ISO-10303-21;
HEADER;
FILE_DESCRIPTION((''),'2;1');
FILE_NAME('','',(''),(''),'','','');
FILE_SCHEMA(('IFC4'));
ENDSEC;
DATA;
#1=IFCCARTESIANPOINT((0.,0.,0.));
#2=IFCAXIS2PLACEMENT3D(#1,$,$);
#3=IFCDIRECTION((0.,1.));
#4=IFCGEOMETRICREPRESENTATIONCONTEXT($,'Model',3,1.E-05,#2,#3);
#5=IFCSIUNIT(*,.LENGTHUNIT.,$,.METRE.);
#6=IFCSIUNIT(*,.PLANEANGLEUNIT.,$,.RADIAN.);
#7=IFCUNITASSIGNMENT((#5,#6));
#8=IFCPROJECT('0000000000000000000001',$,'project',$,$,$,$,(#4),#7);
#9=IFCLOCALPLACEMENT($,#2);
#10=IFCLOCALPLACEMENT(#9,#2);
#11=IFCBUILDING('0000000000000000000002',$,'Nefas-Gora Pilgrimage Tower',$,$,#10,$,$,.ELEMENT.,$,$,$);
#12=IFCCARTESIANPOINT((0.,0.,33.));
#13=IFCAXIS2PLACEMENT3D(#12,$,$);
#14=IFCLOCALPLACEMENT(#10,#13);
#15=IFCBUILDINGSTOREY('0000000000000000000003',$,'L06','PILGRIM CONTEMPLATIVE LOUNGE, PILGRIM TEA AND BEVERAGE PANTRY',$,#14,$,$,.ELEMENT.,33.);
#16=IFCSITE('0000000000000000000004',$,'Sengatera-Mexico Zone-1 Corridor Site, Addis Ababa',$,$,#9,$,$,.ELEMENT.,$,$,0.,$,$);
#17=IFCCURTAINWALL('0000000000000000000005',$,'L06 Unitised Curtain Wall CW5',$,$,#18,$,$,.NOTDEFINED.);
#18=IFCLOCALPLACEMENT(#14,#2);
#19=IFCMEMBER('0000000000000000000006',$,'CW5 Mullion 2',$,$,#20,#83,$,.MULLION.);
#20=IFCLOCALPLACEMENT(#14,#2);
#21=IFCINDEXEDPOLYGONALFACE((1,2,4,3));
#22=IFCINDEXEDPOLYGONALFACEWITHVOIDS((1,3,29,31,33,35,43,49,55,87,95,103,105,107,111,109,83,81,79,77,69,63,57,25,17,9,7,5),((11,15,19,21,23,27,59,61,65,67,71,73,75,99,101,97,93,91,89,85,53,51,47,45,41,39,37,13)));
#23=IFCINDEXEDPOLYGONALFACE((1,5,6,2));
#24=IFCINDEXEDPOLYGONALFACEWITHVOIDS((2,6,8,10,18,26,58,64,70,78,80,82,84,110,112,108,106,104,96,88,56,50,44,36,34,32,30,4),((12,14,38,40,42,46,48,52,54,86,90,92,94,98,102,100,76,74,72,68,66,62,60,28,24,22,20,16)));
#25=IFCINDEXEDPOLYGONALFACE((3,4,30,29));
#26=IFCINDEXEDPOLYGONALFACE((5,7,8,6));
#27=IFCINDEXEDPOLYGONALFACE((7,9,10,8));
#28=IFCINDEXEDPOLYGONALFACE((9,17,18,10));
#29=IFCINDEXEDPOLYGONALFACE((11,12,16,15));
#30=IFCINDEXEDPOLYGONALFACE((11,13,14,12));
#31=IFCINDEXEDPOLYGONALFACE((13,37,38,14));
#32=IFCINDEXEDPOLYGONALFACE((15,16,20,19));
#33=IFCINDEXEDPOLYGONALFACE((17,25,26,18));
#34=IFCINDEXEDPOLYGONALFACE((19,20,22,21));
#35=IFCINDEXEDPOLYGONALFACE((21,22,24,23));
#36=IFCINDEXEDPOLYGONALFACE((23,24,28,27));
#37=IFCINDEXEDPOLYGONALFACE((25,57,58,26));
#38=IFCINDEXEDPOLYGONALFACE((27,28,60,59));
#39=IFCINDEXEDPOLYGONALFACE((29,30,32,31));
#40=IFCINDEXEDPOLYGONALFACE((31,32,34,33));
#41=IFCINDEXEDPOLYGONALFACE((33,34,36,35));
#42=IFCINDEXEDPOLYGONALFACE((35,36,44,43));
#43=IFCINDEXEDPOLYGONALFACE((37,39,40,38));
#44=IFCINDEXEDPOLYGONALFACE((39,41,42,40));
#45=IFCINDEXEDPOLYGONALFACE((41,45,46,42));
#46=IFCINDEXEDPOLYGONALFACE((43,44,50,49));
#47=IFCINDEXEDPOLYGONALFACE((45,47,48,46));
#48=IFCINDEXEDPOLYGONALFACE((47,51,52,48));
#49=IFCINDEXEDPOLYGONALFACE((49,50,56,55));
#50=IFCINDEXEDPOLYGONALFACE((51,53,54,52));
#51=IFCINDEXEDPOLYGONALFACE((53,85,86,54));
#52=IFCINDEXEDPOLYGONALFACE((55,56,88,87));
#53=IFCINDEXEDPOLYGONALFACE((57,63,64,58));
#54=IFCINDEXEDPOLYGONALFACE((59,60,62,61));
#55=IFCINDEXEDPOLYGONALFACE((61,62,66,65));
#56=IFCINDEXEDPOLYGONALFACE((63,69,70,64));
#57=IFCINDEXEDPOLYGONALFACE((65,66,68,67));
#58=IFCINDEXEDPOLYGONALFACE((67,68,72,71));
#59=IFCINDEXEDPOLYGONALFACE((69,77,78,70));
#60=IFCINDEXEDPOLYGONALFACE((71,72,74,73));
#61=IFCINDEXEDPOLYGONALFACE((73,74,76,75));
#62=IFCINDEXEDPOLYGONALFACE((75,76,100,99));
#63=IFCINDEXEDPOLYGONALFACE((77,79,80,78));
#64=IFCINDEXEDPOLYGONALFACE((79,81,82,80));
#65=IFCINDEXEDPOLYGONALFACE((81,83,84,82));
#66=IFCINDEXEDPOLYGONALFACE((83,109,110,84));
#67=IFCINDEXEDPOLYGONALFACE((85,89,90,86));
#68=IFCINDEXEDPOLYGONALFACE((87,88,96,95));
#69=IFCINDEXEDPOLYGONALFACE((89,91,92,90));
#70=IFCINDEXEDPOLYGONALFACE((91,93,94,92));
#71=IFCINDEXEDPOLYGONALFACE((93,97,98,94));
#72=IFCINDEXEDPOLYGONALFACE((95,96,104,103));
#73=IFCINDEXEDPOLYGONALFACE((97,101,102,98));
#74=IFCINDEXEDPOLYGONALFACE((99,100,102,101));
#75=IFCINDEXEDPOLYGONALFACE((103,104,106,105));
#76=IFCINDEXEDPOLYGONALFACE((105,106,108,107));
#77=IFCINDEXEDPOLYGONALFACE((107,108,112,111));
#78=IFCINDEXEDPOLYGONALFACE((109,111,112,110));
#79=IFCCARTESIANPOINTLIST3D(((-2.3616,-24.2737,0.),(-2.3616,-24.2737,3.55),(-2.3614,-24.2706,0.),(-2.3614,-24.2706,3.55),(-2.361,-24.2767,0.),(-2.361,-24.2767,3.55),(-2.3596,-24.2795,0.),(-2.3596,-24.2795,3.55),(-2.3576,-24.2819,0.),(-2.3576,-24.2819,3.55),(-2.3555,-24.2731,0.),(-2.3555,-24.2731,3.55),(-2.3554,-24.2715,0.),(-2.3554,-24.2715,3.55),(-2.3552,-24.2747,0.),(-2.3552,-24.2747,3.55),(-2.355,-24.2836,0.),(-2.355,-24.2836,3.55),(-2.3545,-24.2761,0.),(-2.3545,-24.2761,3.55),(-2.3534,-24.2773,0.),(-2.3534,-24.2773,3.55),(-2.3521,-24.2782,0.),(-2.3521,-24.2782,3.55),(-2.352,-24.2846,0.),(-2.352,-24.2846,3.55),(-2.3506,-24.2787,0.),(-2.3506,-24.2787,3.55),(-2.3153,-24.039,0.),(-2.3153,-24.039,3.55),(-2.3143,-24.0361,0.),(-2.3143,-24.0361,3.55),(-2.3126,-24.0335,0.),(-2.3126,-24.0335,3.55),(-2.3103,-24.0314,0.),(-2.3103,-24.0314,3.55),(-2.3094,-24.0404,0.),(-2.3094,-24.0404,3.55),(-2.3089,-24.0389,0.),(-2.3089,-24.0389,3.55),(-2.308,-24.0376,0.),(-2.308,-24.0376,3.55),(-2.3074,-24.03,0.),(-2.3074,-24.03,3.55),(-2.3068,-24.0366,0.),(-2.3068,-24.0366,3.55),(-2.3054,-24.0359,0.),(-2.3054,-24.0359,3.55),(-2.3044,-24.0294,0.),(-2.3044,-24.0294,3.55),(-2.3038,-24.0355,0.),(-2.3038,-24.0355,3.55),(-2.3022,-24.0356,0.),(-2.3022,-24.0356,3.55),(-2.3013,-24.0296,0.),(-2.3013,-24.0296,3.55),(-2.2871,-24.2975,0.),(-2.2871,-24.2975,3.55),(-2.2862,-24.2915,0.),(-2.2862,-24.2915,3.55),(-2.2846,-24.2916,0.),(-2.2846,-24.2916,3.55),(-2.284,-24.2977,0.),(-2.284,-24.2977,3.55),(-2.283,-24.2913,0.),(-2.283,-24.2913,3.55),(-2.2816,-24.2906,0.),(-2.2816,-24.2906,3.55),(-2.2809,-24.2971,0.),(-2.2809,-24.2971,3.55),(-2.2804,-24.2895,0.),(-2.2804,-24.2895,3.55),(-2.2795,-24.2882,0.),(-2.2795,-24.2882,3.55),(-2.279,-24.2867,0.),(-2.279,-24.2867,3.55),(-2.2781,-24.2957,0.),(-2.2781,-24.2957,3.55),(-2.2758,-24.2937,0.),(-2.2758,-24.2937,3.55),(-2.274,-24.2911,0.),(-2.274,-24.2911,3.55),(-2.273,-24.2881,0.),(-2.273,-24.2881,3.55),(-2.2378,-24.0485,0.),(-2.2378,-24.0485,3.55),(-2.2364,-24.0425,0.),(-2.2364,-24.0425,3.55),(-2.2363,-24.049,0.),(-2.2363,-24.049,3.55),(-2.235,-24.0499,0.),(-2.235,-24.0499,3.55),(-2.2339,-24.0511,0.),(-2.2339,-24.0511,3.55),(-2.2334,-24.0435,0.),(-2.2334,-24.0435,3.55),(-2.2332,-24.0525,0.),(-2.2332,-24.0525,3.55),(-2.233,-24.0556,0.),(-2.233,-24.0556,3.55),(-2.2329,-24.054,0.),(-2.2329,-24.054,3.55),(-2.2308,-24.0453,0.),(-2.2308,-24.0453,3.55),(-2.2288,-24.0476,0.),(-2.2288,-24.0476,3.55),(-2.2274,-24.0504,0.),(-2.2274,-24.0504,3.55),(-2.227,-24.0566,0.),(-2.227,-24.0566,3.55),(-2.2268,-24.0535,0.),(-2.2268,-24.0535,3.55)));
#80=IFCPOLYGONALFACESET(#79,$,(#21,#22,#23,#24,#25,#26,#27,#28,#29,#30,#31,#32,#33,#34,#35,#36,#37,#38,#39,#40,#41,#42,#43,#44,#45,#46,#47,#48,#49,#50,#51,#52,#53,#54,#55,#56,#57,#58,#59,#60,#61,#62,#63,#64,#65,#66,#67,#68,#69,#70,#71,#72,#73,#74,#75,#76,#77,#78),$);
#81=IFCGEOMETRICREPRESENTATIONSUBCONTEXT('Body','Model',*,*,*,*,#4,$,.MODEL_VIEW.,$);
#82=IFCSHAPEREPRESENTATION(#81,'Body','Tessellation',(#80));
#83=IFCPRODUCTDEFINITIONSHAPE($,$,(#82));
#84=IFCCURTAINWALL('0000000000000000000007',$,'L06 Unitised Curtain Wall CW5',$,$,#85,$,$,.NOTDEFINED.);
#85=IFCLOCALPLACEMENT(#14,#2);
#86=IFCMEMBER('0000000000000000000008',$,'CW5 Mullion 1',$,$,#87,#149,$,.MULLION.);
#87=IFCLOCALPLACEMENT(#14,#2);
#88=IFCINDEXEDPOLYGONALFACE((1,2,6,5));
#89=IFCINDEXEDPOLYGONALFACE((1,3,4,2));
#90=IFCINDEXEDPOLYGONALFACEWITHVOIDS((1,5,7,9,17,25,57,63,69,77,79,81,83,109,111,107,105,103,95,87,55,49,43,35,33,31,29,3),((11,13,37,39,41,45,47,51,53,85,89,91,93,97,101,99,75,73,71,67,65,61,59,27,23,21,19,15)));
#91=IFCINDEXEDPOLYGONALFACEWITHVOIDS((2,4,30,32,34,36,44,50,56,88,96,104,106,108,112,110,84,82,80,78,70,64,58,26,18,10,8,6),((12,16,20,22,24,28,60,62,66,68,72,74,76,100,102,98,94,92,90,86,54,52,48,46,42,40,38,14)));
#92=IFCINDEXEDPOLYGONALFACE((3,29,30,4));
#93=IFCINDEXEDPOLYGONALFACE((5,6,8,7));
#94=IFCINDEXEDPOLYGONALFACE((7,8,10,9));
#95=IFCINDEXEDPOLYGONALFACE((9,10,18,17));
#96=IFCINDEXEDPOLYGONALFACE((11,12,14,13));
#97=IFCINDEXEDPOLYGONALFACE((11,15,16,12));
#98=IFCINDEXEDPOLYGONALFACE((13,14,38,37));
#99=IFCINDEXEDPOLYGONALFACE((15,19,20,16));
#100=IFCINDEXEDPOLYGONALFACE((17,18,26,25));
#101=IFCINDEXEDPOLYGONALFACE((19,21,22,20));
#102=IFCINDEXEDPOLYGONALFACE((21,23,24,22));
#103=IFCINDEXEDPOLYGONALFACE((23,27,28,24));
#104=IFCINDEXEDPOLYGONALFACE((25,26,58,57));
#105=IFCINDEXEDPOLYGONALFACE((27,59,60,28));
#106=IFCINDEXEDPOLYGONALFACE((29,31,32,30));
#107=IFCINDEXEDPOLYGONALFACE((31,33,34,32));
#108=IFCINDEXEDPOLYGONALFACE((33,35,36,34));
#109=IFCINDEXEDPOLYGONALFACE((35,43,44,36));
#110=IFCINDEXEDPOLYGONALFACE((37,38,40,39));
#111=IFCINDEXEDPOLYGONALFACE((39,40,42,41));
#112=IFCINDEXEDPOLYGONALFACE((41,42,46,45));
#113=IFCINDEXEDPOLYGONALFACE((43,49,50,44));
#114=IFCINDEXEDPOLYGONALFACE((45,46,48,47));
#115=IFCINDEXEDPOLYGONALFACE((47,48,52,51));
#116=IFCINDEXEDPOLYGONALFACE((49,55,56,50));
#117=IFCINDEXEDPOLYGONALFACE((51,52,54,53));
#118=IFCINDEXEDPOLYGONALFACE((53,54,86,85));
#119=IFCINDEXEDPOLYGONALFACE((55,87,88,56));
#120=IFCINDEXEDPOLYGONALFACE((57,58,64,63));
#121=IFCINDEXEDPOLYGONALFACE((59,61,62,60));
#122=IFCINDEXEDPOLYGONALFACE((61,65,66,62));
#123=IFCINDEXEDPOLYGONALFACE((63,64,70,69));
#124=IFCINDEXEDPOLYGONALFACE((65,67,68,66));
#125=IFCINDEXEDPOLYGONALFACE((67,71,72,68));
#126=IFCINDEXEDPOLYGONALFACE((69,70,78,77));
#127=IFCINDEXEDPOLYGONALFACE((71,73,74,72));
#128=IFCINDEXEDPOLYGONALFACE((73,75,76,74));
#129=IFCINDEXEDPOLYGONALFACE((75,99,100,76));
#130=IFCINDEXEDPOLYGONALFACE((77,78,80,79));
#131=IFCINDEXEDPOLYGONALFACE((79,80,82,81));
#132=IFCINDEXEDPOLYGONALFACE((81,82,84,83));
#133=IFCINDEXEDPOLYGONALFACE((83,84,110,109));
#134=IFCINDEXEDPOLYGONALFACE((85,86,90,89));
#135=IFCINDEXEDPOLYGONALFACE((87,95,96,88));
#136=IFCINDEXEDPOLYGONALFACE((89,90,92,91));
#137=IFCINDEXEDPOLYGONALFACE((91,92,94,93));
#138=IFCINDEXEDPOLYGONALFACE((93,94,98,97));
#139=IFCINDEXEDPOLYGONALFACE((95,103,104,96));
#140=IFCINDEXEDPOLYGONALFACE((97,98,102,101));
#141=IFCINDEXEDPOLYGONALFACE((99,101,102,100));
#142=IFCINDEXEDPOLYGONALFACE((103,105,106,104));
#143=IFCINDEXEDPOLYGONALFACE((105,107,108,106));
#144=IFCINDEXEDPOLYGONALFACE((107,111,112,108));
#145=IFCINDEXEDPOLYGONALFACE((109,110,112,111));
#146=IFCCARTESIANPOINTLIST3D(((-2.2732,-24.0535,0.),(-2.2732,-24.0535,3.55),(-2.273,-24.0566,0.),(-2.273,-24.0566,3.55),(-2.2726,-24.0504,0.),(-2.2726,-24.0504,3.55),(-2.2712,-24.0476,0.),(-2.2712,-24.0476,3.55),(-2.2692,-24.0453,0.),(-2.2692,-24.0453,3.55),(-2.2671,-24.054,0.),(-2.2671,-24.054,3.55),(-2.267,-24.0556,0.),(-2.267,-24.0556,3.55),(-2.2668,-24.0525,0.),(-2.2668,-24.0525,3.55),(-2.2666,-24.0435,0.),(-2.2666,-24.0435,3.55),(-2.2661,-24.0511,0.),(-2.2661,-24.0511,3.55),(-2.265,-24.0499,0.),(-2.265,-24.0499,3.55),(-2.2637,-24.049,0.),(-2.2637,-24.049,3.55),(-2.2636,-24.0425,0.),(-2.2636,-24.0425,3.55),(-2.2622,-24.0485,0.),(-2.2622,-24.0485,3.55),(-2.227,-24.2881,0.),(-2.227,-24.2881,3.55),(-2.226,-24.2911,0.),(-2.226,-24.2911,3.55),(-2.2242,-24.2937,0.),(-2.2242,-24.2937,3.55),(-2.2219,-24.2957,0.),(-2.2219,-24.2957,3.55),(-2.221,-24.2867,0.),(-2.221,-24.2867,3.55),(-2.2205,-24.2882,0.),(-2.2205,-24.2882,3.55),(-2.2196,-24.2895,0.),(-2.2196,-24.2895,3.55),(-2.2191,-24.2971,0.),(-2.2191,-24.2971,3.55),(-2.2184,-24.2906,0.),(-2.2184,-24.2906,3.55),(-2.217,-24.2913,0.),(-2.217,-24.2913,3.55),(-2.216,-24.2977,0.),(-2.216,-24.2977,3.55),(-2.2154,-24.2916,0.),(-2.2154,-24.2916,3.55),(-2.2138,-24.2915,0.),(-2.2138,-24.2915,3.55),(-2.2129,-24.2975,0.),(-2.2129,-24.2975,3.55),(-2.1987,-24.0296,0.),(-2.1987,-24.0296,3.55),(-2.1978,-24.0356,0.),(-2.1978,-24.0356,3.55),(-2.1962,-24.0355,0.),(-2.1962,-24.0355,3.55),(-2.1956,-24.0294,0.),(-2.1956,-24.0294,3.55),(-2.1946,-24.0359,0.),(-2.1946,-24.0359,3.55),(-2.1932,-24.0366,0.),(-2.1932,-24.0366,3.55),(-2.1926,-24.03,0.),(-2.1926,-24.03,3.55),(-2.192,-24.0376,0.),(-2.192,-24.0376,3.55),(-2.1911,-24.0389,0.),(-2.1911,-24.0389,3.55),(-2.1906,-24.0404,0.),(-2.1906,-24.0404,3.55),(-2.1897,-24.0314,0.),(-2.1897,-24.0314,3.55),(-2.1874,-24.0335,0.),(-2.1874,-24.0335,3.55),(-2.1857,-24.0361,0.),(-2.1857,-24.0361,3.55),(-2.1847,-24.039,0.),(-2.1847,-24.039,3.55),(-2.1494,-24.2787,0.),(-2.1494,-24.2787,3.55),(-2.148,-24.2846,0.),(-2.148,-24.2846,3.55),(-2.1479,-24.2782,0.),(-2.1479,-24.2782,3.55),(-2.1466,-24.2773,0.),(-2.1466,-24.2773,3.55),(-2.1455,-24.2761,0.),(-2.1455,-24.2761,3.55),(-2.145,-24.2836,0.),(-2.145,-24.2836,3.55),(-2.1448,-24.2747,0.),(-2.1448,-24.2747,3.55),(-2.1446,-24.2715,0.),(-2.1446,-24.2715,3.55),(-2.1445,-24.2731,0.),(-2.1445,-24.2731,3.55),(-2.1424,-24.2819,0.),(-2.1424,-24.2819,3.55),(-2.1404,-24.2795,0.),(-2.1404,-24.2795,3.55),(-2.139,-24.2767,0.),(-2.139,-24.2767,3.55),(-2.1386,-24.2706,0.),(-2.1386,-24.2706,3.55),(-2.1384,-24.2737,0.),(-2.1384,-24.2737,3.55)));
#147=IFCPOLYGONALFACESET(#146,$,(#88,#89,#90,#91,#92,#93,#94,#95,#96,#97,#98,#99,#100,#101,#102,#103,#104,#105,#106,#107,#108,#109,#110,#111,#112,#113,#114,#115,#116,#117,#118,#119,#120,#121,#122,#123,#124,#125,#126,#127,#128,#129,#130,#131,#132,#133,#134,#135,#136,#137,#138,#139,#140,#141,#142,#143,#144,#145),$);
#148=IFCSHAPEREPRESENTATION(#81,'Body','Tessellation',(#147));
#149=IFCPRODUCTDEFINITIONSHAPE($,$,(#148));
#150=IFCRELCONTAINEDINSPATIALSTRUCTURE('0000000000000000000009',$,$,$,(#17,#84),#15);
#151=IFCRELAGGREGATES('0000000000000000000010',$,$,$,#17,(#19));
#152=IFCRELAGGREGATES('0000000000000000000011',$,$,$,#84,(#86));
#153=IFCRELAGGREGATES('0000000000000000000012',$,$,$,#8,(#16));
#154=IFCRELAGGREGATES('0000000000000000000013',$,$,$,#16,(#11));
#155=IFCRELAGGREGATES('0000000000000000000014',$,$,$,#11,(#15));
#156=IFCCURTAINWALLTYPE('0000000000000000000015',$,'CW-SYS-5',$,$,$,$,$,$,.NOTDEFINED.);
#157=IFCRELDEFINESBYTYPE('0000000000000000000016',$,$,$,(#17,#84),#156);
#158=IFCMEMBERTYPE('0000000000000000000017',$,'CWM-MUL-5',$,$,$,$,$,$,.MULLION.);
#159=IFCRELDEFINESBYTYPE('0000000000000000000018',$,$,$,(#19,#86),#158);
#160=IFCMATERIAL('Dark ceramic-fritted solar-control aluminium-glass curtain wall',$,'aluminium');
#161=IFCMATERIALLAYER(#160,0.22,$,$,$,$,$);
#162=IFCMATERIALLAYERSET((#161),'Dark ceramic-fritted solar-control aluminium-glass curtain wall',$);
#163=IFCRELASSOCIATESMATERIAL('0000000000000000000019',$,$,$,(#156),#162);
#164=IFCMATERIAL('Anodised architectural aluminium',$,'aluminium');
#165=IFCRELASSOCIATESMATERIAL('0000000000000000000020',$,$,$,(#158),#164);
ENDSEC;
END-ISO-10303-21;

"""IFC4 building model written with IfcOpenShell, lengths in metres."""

from ifc_helpers import new_model, si_unit, direction, frame, origin, origin_2d, place, context, subcontext, project, spatial, hollow_rectangle, extrude, source, transform, mapped, material, layer, layer_set, material_profile, profile_set, type_object, element, aggregate, save


model = new_model("IFC4")

# Units and contexts
model_context = context("Model", 3, precision=1e-05, world=origin(), true_north=direction((0.0, 1.0)))
body_context = subcontext(model_context, "Body", "Model", "MODEL_VIEW")
ifc_project = project(units=[si_unit("LENGTHUNIT", "METRE"), si_unit("PLANEANGLEUNIT", "RADIAN")], contexts=[model_context])

# Site, building, storey
site_placement = place(None, origin())
site = spatial("IfcSite", under=ifc_project, at=site_placement, Name="Sengatera-Mexico Zone-1 Corridor Site, Addis Ababa", CompositionType="ELEMENT", RefElevation=0.0)
building_placement = place(site_placement, origin())
building = spatial("IfcBuilding", under=site, at=building_placement, Name="Nefas-Gora Pilgrimage Tower", CompositionType="ELEMENT")
storey_placement = place(building_placement, frame((0.0, 0.0, 33.0)))
storey = spatial("IfcBuildingStorey", under=building, at=storey_placement, Name="L06", Description="PILGRIM CONTEMPLATIVE LOUNGE, PILGRIM TEA AND BEVERAGE PANTRY", CompositionType="ELEMENT", Elevation=33.0)

# Shared definitions
ifc_material_1 = material(Name="Dark ceramic-fritted solar-control aluminium-glass curtain wall", Category="aluminium")
ifc_layer_1 = layer(ifc_material_1, 0.22)
ifc_layer_set_1 = layer_set([ifc_layer_1], Name="Dark ceramic-fritted solar-control aluminium-glass curtain wall")
curtain_wall_type = type_object("IfcCurtainWallType", Name="CW-SYS-5", PredefinedType="NOTDEFINED", material=ifc_layer_set_1)
ifc_material_2 = material(Name="Anodised architectural aluminium", Category="aluminium")
ifc_material_profile_1 = material_profile(ifc_material_2, hollow_rectangle(XDim=0.0901, YDim=0.26, WallThickness=0.0061, InnerFilletRadius=0.0061, OuterFilletRadius=0.012, at=origin_2d()), Name="ALU MULLION 90x260")
ifc_profile_set_1 = profile_set([ifc_material_profile_1], Name="Anodised architectural aluminium")
member_type_1 = type_object("IfcMemberType", Name="CWM-MUL-5", PredefinedType="MULLION", material=ifc_profile_set_1)
shared_shape_1 = source(origin(), body_context, "Body", "SweptSolid", [
    extrude(hollow_rectangle(XDim=0.0901, YDim=0.26, WallThickness=0.0061, InnerFilletRadius=0.0061, OuterFilletRadius=0.012, at=origin_2d()), origin(), (0.0, 0.0, 1.0), 3.55),
])

# Curtain wall, member
curtain_wall_1_placement = place(storey_placement, origin())
curtain_wall_1 = element("IfcCurtainWall", 1, at=curtain_wall_1_placement, inside=storey, type_object=curtain_wall_type, Name="L06 Unitised Curtain Wall CW5", PredefinedType="NOTDEFINED")
member_1_placement = place(storey_placement, frame((-2.2942, -24.1636, 0.0), z_axis=(0.0, 0.0, 1.0), x_axis=(0.980783, -0.195102, 0.0)))
member_1 = element("IfcMember", 2, at=member_1_placement, type_object=member_type_1, Name="CW5 Mullion 2", PredefinedType="MULLION", context=body_context, shape_type="MappedRepresentation", body=[
    mapped(shared_shape_1, transform((0.0, 0.0, 0.0), x_axis=(1.0, 0.0, 0.0), y_axis=(0.0, 1.0, 0.0), z_axis=(0.0, 0.0, 1.0), scale=1.0)),
])

# Curtain wall, member
curtain_wall_2_placement = place(storey_placement, origin())
curtain_wall_2 = element("IfcCurtainWall", 3, at=curtain_wall_2_placement, inside=storey, type_object=curtain_wall_type, Name="L06 Unitised Curtain Wall CW5", PredefinedType="NOTDEFINED")
member_2_placement = place(storey_placement, frame((-2.2058, -24.1636, 0.0), z_axis=(0.0, 0.0, 1.0), x_axis=(0.980783, 0.195102, 0.0)))
member_2 = element("IfcMember", 4, at=member_2_placement, type_object=member_type_1, Name="CW5 Mullion 1", PredefinedType="MULLION", context=body_context, shape_type="MappedRepresentation", body=[
    mapped(shared_shape_1, transform((0.0, 0.0, 0.0), x_axis=(1.0, 0.0, 0.0), y_axis=(0.0, 1.0, 0.0), z_axis=(0.0, 0.0, 1.0), scale=1.0)),
])

aggregate(curtain_wall_1, [member_1])
aggregate(curtain_wall_2, [member_2])

save(model, "model.ifc")
